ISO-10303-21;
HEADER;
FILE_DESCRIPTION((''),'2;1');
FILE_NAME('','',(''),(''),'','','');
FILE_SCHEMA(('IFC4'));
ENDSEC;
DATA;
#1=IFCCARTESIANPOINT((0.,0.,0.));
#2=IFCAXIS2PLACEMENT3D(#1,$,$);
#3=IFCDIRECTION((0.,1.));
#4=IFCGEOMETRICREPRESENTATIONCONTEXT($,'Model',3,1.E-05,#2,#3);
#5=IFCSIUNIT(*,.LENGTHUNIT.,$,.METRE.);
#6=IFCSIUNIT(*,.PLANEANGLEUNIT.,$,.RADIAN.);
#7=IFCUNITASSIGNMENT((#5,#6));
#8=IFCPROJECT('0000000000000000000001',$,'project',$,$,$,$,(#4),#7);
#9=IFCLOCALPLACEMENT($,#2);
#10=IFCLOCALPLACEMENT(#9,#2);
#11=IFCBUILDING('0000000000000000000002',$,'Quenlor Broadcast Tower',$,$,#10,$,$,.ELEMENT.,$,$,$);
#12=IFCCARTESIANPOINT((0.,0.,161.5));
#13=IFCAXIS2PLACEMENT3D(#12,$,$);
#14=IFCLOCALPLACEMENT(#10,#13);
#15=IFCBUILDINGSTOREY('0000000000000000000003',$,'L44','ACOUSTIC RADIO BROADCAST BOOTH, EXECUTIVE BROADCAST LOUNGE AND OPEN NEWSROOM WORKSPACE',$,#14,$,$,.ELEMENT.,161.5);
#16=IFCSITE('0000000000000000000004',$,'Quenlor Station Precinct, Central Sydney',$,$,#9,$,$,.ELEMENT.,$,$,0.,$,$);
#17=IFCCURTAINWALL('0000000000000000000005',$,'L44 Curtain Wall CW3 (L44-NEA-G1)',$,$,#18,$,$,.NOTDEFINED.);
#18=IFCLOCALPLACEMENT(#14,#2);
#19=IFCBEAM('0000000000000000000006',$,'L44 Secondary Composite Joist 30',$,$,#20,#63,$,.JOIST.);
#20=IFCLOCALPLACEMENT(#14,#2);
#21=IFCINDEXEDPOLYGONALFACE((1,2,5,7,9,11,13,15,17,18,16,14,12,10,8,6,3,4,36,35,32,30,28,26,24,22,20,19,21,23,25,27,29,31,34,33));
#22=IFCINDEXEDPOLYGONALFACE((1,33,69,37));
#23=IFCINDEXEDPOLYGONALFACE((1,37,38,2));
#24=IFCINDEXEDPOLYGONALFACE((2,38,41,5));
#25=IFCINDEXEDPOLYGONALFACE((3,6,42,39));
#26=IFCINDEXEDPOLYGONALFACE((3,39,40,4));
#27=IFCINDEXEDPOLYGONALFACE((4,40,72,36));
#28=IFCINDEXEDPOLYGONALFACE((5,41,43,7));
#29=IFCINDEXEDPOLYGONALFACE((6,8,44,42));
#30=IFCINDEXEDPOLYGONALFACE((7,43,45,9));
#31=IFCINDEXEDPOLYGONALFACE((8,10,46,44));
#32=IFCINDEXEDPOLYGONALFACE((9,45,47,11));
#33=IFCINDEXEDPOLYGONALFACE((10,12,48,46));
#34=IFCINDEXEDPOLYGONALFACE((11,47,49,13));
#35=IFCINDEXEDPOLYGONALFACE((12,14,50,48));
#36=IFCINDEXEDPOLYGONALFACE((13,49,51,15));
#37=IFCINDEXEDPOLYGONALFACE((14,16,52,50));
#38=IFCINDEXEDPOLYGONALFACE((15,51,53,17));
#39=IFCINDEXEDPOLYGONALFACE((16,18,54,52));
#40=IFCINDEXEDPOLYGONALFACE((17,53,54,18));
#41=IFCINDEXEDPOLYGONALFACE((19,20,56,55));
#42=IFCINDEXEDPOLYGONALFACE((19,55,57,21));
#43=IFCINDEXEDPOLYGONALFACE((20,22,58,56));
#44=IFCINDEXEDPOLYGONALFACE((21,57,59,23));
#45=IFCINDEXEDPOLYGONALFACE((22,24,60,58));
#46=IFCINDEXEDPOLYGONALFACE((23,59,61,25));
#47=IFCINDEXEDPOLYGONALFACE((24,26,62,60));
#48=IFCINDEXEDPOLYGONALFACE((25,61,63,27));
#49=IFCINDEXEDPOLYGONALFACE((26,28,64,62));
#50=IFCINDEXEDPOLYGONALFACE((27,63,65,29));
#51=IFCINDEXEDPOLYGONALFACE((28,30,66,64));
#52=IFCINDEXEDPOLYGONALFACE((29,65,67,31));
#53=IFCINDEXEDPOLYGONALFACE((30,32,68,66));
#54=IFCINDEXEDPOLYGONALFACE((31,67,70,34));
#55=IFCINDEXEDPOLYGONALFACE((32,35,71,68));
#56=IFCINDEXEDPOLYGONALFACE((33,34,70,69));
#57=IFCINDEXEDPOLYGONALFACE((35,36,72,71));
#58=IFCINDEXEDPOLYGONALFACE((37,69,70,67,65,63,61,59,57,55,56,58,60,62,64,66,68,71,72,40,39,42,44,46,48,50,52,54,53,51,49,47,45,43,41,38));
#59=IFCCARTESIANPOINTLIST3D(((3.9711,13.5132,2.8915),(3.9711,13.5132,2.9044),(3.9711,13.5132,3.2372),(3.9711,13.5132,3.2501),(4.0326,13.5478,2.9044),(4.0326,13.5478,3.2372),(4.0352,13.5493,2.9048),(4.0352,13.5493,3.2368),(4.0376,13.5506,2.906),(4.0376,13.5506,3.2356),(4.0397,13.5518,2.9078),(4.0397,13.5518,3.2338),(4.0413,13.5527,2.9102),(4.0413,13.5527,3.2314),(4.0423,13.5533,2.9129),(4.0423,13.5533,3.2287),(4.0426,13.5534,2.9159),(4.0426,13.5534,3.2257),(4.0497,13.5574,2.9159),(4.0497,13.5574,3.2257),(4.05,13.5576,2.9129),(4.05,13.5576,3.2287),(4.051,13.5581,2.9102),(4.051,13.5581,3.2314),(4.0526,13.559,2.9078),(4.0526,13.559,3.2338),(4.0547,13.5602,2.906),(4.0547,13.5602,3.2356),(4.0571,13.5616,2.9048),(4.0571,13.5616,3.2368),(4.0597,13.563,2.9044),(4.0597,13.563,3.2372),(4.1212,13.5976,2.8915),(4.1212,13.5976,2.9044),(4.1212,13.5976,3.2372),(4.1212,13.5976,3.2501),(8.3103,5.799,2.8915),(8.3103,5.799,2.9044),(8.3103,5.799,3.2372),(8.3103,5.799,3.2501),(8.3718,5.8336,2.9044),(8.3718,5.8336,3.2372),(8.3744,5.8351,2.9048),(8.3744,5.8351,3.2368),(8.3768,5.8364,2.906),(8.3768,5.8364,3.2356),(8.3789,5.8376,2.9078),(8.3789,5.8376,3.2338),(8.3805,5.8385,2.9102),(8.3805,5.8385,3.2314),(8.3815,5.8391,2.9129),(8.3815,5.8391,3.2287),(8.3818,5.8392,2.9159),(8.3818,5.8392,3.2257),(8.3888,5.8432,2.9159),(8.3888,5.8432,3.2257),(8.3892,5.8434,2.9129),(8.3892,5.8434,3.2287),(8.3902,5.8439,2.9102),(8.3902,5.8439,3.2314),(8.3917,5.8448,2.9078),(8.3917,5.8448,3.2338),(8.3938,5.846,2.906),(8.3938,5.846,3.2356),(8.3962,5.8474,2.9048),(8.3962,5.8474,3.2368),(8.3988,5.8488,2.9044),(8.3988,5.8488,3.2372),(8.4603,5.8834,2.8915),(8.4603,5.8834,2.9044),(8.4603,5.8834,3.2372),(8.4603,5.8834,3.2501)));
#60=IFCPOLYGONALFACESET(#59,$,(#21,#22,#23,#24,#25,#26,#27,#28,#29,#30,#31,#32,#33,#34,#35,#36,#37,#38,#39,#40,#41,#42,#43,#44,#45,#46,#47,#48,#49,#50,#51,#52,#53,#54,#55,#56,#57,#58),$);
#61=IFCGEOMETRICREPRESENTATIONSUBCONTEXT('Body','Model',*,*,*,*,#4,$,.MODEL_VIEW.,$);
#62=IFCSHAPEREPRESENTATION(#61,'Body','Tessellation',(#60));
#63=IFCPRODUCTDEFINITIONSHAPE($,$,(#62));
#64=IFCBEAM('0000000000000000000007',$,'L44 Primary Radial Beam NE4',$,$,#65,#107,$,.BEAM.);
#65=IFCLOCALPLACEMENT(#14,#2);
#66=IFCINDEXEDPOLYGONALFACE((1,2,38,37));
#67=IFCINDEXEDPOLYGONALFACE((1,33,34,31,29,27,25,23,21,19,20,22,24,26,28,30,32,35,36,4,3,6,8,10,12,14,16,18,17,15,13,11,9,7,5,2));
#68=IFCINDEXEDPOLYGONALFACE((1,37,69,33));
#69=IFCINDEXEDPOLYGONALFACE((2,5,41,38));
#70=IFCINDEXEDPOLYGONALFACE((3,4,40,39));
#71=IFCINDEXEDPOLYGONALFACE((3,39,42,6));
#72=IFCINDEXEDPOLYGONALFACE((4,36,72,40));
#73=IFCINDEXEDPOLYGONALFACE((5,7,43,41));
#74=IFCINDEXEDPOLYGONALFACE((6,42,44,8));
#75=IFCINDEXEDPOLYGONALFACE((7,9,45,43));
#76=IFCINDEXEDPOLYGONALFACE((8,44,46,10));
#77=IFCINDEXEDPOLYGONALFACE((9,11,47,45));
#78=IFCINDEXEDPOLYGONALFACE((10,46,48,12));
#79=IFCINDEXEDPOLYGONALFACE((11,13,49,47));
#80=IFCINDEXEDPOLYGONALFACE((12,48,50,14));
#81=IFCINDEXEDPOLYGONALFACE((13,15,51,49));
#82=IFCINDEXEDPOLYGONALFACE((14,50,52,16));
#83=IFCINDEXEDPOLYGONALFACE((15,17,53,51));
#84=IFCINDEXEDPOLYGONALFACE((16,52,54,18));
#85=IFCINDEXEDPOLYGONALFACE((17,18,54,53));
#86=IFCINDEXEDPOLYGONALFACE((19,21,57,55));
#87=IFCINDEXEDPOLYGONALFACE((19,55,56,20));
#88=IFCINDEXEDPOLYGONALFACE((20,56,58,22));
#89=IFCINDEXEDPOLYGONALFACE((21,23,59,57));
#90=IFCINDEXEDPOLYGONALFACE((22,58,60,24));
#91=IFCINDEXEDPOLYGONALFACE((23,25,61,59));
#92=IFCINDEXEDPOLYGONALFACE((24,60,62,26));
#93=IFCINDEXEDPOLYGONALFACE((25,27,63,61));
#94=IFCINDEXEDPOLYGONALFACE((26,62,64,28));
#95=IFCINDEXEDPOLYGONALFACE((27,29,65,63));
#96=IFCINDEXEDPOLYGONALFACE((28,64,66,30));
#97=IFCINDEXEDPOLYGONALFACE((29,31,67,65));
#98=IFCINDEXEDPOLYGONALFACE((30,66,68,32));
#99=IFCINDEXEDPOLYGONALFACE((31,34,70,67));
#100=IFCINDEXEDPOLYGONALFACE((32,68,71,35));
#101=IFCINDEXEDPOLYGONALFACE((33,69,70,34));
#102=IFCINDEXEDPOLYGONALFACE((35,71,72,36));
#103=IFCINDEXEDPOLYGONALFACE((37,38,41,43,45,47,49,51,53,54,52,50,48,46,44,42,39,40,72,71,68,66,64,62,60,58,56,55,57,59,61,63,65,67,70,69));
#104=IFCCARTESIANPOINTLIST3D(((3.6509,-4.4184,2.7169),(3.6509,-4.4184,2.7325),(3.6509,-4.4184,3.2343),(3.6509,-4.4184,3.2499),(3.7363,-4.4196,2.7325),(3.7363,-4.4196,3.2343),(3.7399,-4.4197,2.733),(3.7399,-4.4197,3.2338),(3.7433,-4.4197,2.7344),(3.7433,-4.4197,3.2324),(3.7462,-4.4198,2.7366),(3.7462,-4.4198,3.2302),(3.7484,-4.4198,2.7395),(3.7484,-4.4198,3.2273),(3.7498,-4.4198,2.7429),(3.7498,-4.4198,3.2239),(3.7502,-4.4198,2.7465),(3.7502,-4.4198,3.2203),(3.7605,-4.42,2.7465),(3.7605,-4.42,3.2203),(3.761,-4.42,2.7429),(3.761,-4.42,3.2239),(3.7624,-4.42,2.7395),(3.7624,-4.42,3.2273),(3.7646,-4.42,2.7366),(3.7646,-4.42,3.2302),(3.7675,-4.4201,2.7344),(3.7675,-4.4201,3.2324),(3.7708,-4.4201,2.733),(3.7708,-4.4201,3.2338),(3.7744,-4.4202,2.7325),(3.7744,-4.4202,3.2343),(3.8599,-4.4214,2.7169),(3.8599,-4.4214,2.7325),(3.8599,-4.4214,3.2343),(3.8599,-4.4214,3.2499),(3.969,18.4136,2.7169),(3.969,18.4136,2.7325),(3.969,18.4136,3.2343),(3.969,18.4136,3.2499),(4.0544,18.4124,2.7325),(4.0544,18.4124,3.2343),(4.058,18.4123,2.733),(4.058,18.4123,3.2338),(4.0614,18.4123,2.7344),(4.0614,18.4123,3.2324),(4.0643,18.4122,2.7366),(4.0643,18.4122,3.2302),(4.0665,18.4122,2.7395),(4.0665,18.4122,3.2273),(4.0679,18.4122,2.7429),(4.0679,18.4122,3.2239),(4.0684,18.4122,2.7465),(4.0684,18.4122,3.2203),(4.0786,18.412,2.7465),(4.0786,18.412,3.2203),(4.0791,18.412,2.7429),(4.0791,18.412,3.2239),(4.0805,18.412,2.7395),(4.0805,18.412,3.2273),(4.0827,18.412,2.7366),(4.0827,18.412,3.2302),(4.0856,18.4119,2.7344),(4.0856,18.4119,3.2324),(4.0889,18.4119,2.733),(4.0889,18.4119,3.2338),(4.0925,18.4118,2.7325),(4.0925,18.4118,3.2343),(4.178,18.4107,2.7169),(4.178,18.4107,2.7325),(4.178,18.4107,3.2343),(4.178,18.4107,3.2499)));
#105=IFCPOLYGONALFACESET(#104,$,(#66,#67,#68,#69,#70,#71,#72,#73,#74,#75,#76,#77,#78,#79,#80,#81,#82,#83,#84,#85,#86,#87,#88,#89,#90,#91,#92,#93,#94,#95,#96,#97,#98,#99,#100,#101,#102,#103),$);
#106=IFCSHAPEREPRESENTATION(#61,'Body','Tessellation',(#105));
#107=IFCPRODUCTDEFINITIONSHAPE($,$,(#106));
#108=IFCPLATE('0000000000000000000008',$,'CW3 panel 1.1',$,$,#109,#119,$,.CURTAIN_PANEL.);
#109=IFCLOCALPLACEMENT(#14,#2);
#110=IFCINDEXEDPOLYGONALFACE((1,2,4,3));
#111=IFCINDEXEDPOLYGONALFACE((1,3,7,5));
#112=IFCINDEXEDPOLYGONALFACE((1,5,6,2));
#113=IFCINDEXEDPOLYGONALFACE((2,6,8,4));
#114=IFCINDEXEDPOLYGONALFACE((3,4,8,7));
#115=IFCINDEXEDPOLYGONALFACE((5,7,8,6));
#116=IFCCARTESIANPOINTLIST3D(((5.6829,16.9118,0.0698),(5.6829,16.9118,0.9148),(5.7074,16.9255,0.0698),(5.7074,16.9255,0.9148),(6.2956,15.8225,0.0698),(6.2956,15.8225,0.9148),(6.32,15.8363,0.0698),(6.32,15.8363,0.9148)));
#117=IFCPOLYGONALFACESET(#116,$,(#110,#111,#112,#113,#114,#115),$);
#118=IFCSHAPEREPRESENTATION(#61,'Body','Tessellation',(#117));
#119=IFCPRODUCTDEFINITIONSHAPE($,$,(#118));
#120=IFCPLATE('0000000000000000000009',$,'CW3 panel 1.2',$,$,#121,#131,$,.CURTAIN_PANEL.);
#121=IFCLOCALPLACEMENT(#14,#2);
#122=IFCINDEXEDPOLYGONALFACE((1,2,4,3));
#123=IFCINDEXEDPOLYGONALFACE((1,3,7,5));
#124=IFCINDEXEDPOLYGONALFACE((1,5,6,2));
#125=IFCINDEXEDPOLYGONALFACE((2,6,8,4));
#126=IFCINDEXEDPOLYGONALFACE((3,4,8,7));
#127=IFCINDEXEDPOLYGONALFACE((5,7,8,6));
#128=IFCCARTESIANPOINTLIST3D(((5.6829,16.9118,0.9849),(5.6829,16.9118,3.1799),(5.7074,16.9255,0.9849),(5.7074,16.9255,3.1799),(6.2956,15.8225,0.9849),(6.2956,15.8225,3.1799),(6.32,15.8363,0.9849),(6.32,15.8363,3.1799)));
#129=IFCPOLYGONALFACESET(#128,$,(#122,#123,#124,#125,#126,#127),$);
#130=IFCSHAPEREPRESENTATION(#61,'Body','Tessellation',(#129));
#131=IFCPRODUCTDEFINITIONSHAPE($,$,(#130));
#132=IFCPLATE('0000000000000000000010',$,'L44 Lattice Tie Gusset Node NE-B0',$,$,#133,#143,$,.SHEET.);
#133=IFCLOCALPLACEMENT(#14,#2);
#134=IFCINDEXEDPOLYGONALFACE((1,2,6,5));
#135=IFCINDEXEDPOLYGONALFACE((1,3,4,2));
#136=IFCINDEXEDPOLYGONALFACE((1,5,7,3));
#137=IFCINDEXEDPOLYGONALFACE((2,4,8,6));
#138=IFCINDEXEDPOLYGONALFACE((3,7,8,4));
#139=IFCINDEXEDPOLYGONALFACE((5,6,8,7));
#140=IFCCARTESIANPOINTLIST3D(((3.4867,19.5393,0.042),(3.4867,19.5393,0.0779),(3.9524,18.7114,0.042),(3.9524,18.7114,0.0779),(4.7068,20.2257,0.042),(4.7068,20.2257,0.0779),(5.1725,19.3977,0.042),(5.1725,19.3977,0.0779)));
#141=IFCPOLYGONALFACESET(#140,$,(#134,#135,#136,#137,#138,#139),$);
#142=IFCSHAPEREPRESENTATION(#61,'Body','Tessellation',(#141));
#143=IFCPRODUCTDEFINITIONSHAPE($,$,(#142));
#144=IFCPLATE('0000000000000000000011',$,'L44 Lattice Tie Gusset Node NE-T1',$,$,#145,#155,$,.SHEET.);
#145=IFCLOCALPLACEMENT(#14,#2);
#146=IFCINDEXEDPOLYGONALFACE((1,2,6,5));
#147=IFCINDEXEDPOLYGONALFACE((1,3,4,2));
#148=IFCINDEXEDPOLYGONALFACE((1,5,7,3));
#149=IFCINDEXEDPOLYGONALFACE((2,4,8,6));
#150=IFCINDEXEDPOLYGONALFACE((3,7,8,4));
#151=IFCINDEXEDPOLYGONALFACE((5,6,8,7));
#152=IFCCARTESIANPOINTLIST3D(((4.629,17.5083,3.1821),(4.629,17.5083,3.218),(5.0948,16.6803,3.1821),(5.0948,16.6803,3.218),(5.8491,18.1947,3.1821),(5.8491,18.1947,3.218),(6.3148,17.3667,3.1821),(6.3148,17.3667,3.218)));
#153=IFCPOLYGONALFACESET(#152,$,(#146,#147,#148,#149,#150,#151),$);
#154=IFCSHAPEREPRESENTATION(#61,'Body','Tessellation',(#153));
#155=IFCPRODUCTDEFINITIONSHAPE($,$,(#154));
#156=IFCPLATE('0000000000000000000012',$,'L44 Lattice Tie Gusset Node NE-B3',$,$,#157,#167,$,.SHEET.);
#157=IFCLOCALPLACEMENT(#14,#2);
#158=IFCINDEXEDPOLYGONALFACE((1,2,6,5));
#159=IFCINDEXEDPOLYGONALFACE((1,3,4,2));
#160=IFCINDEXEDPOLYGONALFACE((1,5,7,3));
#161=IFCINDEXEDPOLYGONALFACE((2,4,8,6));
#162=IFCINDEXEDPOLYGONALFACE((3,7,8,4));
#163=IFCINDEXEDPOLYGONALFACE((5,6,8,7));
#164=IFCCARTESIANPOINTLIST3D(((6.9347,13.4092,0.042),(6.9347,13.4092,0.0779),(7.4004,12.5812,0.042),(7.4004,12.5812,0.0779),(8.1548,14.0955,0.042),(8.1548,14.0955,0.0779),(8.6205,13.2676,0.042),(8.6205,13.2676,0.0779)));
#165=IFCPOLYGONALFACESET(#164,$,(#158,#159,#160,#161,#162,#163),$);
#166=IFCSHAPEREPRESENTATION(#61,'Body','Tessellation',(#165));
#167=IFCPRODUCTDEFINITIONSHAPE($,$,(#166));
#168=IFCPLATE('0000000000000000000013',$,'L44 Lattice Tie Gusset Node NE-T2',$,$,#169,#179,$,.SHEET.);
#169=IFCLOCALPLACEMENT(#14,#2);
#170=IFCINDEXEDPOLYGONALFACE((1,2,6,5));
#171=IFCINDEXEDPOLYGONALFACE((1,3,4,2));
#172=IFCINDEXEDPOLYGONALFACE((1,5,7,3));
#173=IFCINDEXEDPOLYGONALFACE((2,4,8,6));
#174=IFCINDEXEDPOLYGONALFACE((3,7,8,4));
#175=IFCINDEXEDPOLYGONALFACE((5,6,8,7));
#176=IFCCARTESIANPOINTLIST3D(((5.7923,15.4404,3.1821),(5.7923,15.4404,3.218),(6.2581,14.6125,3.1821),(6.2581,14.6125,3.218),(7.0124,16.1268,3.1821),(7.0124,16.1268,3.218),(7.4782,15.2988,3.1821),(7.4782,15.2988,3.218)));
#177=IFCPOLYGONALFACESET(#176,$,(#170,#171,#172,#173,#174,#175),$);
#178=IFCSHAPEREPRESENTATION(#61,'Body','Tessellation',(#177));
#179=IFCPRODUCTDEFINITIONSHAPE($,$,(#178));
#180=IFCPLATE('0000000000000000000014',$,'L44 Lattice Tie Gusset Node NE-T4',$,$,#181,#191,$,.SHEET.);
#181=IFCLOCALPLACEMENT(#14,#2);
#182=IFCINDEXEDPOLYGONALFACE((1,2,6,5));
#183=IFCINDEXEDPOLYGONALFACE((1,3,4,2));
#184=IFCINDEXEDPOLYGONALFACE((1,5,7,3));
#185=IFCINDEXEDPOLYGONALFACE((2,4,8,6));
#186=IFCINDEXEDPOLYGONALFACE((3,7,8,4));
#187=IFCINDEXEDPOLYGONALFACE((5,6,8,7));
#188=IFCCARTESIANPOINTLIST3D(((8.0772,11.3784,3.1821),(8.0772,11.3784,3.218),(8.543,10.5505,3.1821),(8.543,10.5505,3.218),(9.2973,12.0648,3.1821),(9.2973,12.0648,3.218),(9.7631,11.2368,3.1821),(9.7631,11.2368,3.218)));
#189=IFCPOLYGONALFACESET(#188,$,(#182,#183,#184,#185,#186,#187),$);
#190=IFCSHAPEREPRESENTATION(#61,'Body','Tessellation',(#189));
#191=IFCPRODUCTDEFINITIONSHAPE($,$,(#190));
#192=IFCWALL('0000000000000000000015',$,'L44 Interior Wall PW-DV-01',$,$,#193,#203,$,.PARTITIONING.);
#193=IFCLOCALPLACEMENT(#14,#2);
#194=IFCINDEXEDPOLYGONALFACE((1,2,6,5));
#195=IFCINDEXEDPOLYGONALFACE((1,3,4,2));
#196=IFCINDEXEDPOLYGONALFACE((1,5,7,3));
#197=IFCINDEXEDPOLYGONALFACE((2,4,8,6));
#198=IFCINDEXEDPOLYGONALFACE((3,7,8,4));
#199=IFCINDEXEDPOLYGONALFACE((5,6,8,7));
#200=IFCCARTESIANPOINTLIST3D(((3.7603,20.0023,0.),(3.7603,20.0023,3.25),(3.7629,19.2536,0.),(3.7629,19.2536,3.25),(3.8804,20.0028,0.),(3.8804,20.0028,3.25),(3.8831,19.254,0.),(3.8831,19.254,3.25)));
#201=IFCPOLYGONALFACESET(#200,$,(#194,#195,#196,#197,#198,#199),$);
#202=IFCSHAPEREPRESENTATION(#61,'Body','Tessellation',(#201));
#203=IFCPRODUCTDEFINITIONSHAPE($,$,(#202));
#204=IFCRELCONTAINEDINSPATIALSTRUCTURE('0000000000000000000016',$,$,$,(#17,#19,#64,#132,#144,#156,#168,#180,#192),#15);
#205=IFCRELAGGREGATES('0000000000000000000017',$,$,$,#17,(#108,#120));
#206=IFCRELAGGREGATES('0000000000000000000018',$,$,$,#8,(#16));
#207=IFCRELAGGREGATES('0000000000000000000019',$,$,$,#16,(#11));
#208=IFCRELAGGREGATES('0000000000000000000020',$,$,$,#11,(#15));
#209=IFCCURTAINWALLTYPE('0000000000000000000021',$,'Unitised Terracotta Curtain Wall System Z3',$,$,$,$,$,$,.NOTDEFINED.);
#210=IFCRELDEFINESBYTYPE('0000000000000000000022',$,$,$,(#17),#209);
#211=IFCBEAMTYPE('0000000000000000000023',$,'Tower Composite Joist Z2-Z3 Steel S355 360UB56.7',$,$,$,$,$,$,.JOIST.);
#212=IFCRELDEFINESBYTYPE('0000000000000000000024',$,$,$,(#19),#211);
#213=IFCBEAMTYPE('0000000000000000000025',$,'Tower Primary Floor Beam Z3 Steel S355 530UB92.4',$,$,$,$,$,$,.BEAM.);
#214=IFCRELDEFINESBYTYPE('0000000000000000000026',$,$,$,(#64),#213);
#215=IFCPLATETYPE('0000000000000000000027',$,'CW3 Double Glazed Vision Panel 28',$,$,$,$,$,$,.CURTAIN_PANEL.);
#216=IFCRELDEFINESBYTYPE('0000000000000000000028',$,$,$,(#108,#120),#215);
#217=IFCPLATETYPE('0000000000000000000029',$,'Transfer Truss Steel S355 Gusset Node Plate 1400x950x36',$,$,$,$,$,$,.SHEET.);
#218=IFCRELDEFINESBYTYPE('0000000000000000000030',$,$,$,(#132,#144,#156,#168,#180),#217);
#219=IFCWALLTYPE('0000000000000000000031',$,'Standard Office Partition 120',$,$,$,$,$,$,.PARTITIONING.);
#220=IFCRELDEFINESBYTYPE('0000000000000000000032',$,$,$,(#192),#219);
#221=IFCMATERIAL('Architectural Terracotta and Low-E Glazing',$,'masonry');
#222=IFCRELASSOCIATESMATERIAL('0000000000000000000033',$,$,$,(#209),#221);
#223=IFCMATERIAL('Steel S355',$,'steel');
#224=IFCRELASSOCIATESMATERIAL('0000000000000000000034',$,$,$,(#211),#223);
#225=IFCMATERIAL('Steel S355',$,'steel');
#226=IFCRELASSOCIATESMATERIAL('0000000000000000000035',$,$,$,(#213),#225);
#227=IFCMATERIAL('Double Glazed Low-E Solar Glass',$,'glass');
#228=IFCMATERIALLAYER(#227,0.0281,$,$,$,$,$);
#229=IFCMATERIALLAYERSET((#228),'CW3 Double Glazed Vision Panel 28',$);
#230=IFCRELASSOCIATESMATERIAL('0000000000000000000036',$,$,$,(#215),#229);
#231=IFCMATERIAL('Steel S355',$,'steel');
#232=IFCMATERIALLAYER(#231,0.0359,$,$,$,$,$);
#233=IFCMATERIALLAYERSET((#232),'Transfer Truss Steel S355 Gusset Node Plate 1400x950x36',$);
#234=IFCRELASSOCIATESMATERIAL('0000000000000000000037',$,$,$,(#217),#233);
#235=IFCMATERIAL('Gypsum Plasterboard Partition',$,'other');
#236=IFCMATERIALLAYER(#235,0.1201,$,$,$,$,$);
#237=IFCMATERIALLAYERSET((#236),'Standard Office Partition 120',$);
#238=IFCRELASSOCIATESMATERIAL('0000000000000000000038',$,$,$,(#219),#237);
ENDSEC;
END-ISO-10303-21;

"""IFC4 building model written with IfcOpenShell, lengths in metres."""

from ifc_helpers import new_model, si_unit, direction, frame, frame_2d, origin, origin_2d, place, context, subcontext, project, spatial, rectangle, i_section, extrude, material, layer, layer_set, material_profile, profile_set, type_object, element, aggregate, save


model = new_model("IFC4")

# Units and contexts
model_context = context("Model", 3, precision=1e-05, world=origin(), true_north=direction((0.0, 1.0)))
body_context = subcontext(model_context, "Body", "Model", "MODEL_VIEW")
ifc_project = project(units=[si_unit("LENGTHUNIT", "METRE"), si_unit("PLANEANGLEUNIT", "RADIAN")], contexts=[model_context])

# Site, building, storey
site_placement = place(None, origin())
site = spatial("IfcSite", under=ifc_project, at=site_placement, Name="Quenlor Station Precinct, Central Sydney", CompositionType="ELEMENT", RefElevation=0.0)
building_placement = place(site_placement, origin())
building = spatial("IfcBuilding", under=site, at=building_placement, Name="Quenlor Broadcast Tower", CompositionType="ELEMENT")
storey_placement = place(building_placement, frame((0.0, 0.0, 161.5)))
storey = spatial("IfcBuildingStorey", under=building, at=storey_placement, Name="L44", Description="ACOUSTIC RADIO BROADCAST BOOTH, EXECUTIVE BROADCAST LOUNGE AND OPEN NEWSROOM WORKSPACE", CompositionType="ELEMENT", Elevation=161.5)

# Curtain wall
ifc_material_1 = material(Name="Architectural Terracotta and Low-E Glazing", Category="masonry")
curtain_wall_type = type_object("IfcCurtainWallType", Name="Unitised Terracotta Curtain Wall System Z3", PredefinedType="NOTDEFINED", material=ifc_material_1)
curtain_wall_1_placement = place(storey_placement, origin())
curtain_wall_1 = element("IfcCurtainWall", 1, at=curtain_wall_1_placement, inside=storey, type_object=curtain_wall_type, Name="L44 Curtain Wall CW3 (L44-NEA-G1)", PredefinedType="NOTDEFINED")

# Beams
ifc_material_2 = material(Name="Steel S355", Category="steel")
ifc_material_profile_1 = material_profile(ifc_material_2, i_section(OverallWidth=0.1721, OverallDepth=0.3586, WebThickness=0.0081, FlangeThickness=0.0129, FilletRadius=0.0115, at=origin_2d()))
ifc_profile_set_1 = profile_set([ifc_material_profile_1], Name="Steel S355 360UB56.7")
beam_type_1 = type_object("IfcBeamType", Name="Tower Composite Joist Z2-Z3 Steel S355 360UB56.7", PredefinedType="JOIST", material=ifc_profile_set_1)
beam_1_placement = place(storey_placement, frame((4.0461, 13.5554, 3.0708), z_axis=(0.490255, -0.871579, 0.0), x_axis=(0.871579, 0.490255, 0.0)))
element("IfcBeam", 2, at=beam_1_placement, inside=storey, type_object=beam_type_1, Name="L44 Secondary Composite Joist 30", PredefinedType="JOIST", context=body_context, shape_type="SweptSolid", body=[
    extrude(i_section(OverallWidth=0.1721, OverallDepth=0.3586, WebThickness=0.0081, FlangeThickness=0.0129, FilletRadius=0.0115, at=origin_2d()), origin(), (0.0, 0.0, 1.0), 8.8508),
])
ifc_material_3 = material(Name="Steel S355", Category="steel")
ifc_material_profile_2 = material_profile(ifc_material_3, i_section(OverallWidth=0.209, OverallDepth=0.533, WebThickness=0.0103, FlangeThickness=0.0156, FilletRadius=0.0139, at=origin_2d()))
ifc_profile_set_2 = profile_set([ifc_material_profile_2], Name="Steel S355 530UB92.4")
beam_type_2 = type_object("IfcBeamType", Name="Tower Primary Floor Beam Z3 Steel S355 530UB92.4", PredefinedType="BEAM", material=ifc_profile_set_2)
beam_2_placement = place(storey_placement, frame((4.0735, 18.4121, 2.9834), z_axis=(-0.013931, -0.999903, 0.0), x_axis=(0.999903, -0.013931, 0.0)))
element("IfcBeam", 3, at=beam_2_placement, inside=storey, type_object=beam_type_2, Name="L44 Primary Radial Beam NE4", PredefinedType="BEAM", context=body_context, shape_type="SweptSolid", body=[
    extrude(i_section(OverallWidth=0.209, OverallDepth=0.533, WebThickness=0.0103, FlangeThickness=0.0156, FilletRadius=0.0139, at=origin_2d()), origin(), (0.0, 0.0, 1.0), 22.8342),
])

# Plates
ifc_material_4 = material(Name="Double Glazed Low-E Solar Glass", Category="glass")
ifc_layer_1 = layer(ifc_material_4, 0.0281)
ifc_layer_set_1 = layer_set([ifc_layer_1], Name="CW3 Double Glazed Vision Panel 28")
plate_type_1 = type_object("IfcPlateType", Name="CW3 Double Glazed Vision Panel 28", PredefinedType="CURTAIN_PANEL", material=ifc_layer_set_1)
plate_1_placement = place(storey_placement, frame((6.0015, 16.374, 0.0698), z_axis=(0.0, 0.0, 1.0), x_axis=(0.49023, -0.871593, 0.0)))
plate_1 = element("IfcPlate", 4, at=plate_1_placement, type_object=plate_type_1, Name="CW3 panel 1.1", PredefinedType="CURTAIN_PANEL", context=body_context, shape_type="SweptSolid", body=[
    extrude(rectangle(XDim=1.2498, YDim=0.0281, at=origin_2d()), origin(), (0.0, 0.0, 1.0), 0.845),
])
plate_2_placement = place(storey_placement, frame((6.0015, 16.374, 0.9849), z_axis=(0.0, 0.0, 1.0), x_axis=(0.49023, -0.871593, 0.0)))
plate_2 = element("IfcPlate", 5, at=plate_2_placement, type_object=plate_type_1, Name="CW3 panel 1.2", PredefinedType="CURTAIN_PANEL", context=body_context, shape_type="SweptSolid", body=[
    extrude(rectangle(XDim=1.2498, YDim=0.0281, at=origin_2d()), origin(), (0.0, 0.0, 1.0), 2.1951),
])
aggregate(curtain_wall_1, [plate_1, plate_2])

# Plates
ifc_material_5 = material(Name="Steel S355", Category="steel")
ifc_layer_2 = layer(ifc_material_5, 0.0359)
ifc_layer_set_2 = layer_set([ifc_layer_2], Name="Transfer Truss Steel S355 Gusset Node Plate 1400x950x36")
plate_type_2 = type_object("IfcPlateType", Name="Transfer Truss Steel S355 Gusset Node Plate 1400x950x36", PredefinedType="SHEET", material=ifc_layer_set_2)
for number, where, z_axis, x_axis, name in (
    (6, (4.3296, 19.4685, 0.042), (0.0, 0.0, 1.0), (0.871556, 0.490295, 0.0), "L44 Lattice Tie Gusset Node NE-B0"),
    (7, (5.4719, 17.4375, 3.1821), (0.0, 0.0, 1.0), (0.871556, 0.490295, 0.0), "L44 Lattice Tie Gusset Node NE-T1"),
    (8, (7.7776, 13.3384, 0.042), (0.0, 0.0, 1.0), (0.871556, 0.490295, 0.0), "L44 Lattice Tie Gusset Node NE-B3"),
    (9, (6.6353, 15.3696, 3.1821), (0.0, 0.0, 1.0), (0.871556, 0.490295, 0.0), "L44 Lattice Tie Gusset Node NE-T2"),
    (10, (8.9202, 11.3076, 3.1821), (0.0, 0.0, 1.0), (0.871556, 0.490295, 0.0), "L44 Lattice Tie Gusset Node NE-T4"),
):
    element("IfcPlate", number, at=place(storey_placement, frame(where, z_axis=z_axis, x_axis=x_axis)), inside=storey, type_object=plate_type_2, Name=name, PredefinedType="SHEET", context=body_context, shape_type="SweptSolid", body=[
        extrude(rectangle(XDim=1.3999, YDim=0.95, at=origin_2d()), origin(), (0.0, 0.0, 1.0), 0.0359),
    ])

# Wall
ifc_material_6 = material(Name="Gypsum Plasterboard Partition", Category="other")
ifc_layer_3 = layer(ifc_material_6, 0.1201)
ifc_layer_set_3 = layer_set([ifc_layer_3], Name="Standard Office Partition 120")
wall_type_1 = type_object("IfcWallType", Name="Standard Office Partition 120", PredefinedType="PARTITIONING", material=ifc_layer_set_3)
wall_1_placement = place(storey_placement, frame((3.8203, 20.0027, 0.0), z_axis=(0.0, 0.0, 1.0), x_axis=(0.003587, -0.999994, 0.0)))
element("IfcWall", 11, at=wall_1_placement, inside=storey, type_object=wall_type_1, Name="L44 Interior Wall PW-DV-01", PredefinedType="PARTITIONING", context=body_context, shape_type="SweptSolid", body=[
    extrude(rectangle(XDim=0.7488, YDim=0.1201, at=frame_2d((0.3745, 0.0))), origin(), (0.0, 0.0, 1.0), 3.25),
])

save(model, "model.ifc")
